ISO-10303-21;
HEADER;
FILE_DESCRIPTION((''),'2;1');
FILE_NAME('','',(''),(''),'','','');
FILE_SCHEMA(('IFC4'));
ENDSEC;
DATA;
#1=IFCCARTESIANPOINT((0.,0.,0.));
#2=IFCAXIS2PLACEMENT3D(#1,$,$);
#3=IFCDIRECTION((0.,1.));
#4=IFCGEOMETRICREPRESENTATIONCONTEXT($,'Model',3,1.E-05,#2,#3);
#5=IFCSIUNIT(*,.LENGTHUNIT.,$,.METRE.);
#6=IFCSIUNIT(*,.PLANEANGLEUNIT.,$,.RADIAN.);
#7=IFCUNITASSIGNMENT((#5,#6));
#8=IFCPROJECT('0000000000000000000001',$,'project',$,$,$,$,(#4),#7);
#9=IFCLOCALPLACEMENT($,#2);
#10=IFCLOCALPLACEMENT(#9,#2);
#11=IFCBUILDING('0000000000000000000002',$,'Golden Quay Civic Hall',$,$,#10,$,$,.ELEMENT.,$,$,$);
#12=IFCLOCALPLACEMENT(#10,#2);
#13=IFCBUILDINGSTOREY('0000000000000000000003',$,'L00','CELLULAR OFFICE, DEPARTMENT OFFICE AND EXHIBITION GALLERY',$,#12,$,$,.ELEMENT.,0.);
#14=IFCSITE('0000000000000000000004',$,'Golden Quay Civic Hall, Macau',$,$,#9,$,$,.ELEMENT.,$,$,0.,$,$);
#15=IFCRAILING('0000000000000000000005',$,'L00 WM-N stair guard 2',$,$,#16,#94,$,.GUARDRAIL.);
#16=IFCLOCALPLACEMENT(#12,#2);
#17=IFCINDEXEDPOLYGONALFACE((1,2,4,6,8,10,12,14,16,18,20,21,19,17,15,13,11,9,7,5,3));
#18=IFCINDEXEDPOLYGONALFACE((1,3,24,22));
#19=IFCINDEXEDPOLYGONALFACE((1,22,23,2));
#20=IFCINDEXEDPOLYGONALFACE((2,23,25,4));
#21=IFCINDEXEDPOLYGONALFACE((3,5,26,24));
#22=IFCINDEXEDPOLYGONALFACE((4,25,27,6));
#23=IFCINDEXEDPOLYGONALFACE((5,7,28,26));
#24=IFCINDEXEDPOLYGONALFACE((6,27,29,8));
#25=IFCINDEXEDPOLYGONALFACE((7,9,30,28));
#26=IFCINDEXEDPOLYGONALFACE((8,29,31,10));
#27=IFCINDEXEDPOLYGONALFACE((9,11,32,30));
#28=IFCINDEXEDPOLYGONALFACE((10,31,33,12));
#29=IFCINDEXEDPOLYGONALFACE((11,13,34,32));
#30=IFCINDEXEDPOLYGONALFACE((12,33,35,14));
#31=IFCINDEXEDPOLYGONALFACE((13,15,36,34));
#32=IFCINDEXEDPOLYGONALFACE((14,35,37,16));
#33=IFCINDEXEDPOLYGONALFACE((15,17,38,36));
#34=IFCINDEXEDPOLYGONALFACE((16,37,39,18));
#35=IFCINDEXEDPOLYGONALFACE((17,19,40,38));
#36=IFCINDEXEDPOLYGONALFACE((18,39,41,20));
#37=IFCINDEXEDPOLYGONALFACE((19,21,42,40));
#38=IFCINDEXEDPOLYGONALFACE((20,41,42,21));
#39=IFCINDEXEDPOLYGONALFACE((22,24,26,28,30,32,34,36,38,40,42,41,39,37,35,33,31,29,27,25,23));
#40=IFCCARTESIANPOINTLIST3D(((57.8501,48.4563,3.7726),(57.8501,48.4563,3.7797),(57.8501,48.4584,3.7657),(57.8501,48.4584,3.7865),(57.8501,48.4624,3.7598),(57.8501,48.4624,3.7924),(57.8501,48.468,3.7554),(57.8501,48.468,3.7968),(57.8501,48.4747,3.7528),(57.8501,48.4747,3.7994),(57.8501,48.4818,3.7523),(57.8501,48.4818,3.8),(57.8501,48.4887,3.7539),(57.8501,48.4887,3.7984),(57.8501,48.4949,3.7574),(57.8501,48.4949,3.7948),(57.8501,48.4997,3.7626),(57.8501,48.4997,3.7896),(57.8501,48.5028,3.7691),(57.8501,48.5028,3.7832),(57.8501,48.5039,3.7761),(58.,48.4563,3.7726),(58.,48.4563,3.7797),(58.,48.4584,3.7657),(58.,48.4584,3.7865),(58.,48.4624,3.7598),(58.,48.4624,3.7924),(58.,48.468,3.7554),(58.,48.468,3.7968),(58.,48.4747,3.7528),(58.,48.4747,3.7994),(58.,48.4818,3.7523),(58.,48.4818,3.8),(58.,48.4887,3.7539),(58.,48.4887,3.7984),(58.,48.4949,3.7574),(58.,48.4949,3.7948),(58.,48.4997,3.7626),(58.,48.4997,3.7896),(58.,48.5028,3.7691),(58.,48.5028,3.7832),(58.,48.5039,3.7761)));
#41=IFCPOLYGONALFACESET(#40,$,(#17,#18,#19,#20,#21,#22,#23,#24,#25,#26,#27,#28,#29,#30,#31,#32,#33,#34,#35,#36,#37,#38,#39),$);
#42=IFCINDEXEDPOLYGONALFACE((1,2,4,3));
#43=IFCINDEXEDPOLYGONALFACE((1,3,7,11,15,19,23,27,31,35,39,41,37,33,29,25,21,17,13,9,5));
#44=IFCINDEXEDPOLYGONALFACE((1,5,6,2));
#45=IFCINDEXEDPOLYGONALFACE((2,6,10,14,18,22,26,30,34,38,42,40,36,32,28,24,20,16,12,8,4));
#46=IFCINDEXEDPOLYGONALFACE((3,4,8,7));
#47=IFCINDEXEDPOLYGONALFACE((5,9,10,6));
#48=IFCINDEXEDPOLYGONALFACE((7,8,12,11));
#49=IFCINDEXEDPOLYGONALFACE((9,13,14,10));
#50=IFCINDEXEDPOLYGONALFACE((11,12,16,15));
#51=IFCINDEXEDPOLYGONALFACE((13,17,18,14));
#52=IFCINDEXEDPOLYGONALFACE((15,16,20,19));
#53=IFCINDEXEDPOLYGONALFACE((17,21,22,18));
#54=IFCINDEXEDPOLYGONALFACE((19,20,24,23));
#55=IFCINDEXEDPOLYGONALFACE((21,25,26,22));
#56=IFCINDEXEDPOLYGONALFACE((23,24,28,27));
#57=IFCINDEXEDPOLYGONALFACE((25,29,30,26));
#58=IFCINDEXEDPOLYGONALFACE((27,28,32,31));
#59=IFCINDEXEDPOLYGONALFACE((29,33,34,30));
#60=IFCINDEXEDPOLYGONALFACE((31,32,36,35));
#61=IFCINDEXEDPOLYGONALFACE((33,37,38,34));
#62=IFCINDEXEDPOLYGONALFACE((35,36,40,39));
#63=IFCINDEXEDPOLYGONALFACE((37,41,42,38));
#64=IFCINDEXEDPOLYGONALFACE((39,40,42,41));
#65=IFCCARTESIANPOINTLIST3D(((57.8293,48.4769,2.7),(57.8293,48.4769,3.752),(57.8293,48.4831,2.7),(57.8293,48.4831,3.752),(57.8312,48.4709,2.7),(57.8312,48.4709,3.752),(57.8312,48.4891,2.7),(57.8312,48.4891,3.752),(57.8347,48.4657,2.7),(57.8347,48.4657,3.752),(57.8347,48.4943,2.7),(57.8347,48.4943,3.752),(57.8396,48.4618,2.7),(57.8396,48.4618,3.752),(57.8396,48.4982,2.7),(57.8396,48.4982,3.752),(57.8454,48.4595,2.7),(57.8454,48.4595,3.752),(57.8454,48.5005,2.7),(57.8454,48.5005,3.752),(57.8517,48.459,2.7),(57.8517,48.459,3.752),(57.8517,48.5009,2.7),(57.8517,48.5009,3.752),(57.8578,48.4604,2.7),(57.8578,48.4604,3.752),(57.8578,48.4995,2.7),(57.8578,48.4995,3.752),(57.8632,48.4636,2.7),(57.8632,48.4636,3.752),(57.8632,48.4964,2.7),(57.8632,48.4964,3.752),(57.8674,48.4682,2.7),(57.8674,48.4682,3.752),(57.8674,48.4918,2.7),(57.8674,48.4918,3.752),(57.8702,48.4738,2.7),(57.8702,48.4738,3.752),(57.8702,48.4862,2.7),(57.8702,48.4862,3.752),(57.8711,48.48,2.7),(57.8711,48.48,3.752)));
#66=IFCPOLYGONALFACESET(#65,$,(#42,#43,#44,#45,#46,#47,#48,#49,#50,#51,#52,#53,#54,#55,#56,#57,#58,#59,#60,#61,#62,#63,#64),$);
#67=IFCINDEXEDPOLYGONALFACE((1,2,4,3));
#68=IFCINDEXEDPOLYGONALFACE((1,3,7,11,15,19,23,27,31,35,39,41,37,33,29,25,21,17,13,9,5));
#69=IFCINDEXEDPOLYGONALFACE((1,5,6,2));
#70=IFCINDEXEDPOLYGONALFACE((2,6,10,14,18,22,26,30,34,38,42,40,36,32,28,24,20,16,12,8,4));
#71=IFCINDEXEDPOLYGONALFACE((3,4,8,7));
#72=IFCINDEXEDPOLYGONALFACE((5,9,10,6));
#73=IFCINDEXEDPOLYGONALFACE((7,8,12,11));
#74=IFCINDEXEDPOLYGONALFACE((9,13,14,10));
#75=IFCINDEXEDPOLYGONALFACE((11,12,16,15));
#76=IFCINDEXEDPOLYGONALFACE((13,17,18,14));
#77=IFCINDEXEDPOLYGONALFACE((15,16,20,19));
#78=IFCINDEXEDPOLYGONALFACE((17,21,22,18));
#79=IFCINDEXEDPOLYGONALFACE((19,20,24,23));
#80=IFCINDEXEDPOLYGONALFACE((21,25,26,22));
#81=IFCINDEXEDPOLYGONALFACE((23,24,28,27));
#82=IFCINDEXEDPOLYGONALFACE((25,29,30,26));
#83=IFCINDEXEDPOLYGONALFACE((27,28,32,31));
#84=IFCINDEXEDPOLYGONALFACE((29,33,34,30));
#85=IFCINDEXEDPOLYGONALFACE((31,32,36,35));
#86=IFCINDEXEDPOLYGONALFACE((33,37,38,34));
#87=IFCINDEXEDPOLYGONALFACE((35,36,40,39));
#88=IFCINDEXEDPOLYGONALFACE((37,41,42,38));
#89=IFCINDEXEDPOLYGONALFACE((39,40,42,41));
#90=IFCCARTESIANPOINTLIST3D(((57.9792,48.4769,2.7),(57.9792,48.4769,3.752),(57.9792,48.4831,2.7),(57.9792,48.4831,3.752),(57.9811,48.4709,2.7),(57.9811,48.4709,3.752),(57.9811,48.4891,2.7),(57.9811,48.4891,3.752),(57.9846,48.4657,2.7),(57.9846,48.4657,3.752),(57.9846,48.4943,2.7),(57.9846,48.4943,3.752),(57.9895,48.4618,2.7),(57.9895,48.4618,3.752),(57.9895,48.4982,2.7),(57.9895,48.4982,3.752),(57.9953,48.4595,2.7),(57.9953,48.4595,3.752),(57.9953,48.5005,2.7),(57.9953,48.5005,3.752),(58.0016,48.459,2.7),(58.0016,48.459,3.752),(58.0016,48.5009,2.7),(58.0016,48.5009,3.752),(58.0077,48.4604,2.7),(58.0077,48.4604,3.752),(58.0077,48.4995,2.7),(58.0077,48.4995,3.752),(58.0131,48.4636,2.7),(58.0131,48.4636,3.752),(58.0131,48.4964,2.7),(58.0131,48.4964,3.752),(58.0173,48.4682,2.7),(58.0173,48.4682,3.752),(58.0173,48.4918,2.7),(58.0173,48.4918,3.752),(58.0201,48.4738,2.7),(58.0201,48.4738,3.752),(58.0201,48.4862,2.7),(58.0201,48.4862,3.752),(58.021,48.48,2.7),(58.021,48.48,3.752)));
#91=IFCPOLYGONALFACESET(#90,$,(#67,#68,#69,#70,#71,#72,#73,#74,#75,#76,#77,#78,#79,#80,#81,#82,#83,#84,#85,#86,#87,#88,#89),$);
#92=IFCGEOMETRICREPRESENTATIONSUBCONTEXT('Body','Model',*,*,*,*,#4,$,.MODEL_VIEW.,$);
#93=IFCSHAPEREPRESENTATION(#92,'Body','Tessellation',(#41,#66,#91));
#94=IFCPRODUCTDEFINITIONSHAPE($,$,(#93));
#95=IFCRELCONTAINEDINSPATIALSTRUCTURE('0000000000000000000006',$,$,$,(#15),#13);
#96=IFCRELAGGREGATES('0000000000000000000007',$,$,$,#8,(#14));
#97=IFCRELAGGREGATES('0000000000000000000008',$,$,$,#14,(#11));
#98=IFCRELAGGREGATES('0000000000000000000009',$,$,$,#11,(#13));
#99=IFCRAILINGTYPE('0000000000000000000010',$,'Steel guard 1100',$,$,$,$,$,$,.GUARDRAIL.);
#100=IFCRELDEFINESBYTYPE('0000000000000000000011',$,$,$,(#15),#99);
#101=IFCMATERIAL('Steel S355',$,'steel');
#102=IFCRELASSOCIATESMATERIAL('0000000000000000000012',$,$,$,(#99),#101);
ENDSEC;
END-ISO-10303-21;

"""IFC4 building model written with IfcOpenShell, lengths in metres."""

from ifc_helpers import new_model, si_unit, direction, frame, origin, origin_2d, place, context, subcontext, project, spatial, circle, extrude, material, type_object, element, save


model = new_model("IFC4")

# Units and contexts
model_context = context("Model", 3, precision=1e-05, world=origin(), true_north=direction((0.0, 1.0)))
body_context = subcontext(model_context, "Body", "Model", "MODEL_VIEW")
ifc_project = project(units=[si_unit("LENGTHUNIT", "METRE"), si_unit("PLANEANGLEUNIT", "RADIAN")], contexts=[model_context])

# Site, building, storey
site_placement = place(None, origin())
site = spatial("IfcSite", under=ifc_project, at=site_placement, Name="Golden Quay Civic Hall, Macau", CompositionType="ELEMENT", RefElevation=0.0)
building_placement = place(site_placement, origin())
building = spatial("IfcBuilding", under=site, at=building_placement, Name="Golden Quay Civic Hall", CompositionType="ELEMENT")
storey_placement = place(building_placement, origin())
storey = spatial("IfcBuildingStorey", under=building, at=storey_placement, Name="L00", Description="CELLULAR OFFICE, DEPARTMENT OFFICE AND EXHIBITION GALLERY", CompositionType="ELEMENT", Elevation=0.0)

# Railing
ifc_material_1 = material(Name="Steel S355", Category="steel")
railing_type_1 = type_object("IfcRailingType", Name="Steel guard 1100", PredefinedType="GUARDRAIL", material=ifc_material_1)
railing_1_placement = place(storey_placement, frame((57.8501, 48.48, 2.7)))
element("IfcRailing", 1, at=railing_1_placement, inside=storey, type_object=railing_type_1, Name="L00 WM-N stair guard 2", PredefinedType="GUARDRAIL", context=body_context, shape_type="SweptSolid", body=[
    extrude(circle(Radius=0.0239, at=origin_2d()), frame((0.0, 0.0, 1.0762), z_axis=(1.0, 0.0, 0.0), x_axis=(0.0, 1.0, 0.0)), (0.0, 0.0, 1.0), 0.1499),
    extrude(circle(Radius=0.021, at=origin_2d()), origin(), (0.0, 0.0, 1.0), 1.052),
    extrude(circle(Radius=0.021, at=origin_2d()), frame((0.1499, 0.0, 0.0)), (0.0, 0.0, 1.0), 1.052),
])

save(model, "model.ifc")
